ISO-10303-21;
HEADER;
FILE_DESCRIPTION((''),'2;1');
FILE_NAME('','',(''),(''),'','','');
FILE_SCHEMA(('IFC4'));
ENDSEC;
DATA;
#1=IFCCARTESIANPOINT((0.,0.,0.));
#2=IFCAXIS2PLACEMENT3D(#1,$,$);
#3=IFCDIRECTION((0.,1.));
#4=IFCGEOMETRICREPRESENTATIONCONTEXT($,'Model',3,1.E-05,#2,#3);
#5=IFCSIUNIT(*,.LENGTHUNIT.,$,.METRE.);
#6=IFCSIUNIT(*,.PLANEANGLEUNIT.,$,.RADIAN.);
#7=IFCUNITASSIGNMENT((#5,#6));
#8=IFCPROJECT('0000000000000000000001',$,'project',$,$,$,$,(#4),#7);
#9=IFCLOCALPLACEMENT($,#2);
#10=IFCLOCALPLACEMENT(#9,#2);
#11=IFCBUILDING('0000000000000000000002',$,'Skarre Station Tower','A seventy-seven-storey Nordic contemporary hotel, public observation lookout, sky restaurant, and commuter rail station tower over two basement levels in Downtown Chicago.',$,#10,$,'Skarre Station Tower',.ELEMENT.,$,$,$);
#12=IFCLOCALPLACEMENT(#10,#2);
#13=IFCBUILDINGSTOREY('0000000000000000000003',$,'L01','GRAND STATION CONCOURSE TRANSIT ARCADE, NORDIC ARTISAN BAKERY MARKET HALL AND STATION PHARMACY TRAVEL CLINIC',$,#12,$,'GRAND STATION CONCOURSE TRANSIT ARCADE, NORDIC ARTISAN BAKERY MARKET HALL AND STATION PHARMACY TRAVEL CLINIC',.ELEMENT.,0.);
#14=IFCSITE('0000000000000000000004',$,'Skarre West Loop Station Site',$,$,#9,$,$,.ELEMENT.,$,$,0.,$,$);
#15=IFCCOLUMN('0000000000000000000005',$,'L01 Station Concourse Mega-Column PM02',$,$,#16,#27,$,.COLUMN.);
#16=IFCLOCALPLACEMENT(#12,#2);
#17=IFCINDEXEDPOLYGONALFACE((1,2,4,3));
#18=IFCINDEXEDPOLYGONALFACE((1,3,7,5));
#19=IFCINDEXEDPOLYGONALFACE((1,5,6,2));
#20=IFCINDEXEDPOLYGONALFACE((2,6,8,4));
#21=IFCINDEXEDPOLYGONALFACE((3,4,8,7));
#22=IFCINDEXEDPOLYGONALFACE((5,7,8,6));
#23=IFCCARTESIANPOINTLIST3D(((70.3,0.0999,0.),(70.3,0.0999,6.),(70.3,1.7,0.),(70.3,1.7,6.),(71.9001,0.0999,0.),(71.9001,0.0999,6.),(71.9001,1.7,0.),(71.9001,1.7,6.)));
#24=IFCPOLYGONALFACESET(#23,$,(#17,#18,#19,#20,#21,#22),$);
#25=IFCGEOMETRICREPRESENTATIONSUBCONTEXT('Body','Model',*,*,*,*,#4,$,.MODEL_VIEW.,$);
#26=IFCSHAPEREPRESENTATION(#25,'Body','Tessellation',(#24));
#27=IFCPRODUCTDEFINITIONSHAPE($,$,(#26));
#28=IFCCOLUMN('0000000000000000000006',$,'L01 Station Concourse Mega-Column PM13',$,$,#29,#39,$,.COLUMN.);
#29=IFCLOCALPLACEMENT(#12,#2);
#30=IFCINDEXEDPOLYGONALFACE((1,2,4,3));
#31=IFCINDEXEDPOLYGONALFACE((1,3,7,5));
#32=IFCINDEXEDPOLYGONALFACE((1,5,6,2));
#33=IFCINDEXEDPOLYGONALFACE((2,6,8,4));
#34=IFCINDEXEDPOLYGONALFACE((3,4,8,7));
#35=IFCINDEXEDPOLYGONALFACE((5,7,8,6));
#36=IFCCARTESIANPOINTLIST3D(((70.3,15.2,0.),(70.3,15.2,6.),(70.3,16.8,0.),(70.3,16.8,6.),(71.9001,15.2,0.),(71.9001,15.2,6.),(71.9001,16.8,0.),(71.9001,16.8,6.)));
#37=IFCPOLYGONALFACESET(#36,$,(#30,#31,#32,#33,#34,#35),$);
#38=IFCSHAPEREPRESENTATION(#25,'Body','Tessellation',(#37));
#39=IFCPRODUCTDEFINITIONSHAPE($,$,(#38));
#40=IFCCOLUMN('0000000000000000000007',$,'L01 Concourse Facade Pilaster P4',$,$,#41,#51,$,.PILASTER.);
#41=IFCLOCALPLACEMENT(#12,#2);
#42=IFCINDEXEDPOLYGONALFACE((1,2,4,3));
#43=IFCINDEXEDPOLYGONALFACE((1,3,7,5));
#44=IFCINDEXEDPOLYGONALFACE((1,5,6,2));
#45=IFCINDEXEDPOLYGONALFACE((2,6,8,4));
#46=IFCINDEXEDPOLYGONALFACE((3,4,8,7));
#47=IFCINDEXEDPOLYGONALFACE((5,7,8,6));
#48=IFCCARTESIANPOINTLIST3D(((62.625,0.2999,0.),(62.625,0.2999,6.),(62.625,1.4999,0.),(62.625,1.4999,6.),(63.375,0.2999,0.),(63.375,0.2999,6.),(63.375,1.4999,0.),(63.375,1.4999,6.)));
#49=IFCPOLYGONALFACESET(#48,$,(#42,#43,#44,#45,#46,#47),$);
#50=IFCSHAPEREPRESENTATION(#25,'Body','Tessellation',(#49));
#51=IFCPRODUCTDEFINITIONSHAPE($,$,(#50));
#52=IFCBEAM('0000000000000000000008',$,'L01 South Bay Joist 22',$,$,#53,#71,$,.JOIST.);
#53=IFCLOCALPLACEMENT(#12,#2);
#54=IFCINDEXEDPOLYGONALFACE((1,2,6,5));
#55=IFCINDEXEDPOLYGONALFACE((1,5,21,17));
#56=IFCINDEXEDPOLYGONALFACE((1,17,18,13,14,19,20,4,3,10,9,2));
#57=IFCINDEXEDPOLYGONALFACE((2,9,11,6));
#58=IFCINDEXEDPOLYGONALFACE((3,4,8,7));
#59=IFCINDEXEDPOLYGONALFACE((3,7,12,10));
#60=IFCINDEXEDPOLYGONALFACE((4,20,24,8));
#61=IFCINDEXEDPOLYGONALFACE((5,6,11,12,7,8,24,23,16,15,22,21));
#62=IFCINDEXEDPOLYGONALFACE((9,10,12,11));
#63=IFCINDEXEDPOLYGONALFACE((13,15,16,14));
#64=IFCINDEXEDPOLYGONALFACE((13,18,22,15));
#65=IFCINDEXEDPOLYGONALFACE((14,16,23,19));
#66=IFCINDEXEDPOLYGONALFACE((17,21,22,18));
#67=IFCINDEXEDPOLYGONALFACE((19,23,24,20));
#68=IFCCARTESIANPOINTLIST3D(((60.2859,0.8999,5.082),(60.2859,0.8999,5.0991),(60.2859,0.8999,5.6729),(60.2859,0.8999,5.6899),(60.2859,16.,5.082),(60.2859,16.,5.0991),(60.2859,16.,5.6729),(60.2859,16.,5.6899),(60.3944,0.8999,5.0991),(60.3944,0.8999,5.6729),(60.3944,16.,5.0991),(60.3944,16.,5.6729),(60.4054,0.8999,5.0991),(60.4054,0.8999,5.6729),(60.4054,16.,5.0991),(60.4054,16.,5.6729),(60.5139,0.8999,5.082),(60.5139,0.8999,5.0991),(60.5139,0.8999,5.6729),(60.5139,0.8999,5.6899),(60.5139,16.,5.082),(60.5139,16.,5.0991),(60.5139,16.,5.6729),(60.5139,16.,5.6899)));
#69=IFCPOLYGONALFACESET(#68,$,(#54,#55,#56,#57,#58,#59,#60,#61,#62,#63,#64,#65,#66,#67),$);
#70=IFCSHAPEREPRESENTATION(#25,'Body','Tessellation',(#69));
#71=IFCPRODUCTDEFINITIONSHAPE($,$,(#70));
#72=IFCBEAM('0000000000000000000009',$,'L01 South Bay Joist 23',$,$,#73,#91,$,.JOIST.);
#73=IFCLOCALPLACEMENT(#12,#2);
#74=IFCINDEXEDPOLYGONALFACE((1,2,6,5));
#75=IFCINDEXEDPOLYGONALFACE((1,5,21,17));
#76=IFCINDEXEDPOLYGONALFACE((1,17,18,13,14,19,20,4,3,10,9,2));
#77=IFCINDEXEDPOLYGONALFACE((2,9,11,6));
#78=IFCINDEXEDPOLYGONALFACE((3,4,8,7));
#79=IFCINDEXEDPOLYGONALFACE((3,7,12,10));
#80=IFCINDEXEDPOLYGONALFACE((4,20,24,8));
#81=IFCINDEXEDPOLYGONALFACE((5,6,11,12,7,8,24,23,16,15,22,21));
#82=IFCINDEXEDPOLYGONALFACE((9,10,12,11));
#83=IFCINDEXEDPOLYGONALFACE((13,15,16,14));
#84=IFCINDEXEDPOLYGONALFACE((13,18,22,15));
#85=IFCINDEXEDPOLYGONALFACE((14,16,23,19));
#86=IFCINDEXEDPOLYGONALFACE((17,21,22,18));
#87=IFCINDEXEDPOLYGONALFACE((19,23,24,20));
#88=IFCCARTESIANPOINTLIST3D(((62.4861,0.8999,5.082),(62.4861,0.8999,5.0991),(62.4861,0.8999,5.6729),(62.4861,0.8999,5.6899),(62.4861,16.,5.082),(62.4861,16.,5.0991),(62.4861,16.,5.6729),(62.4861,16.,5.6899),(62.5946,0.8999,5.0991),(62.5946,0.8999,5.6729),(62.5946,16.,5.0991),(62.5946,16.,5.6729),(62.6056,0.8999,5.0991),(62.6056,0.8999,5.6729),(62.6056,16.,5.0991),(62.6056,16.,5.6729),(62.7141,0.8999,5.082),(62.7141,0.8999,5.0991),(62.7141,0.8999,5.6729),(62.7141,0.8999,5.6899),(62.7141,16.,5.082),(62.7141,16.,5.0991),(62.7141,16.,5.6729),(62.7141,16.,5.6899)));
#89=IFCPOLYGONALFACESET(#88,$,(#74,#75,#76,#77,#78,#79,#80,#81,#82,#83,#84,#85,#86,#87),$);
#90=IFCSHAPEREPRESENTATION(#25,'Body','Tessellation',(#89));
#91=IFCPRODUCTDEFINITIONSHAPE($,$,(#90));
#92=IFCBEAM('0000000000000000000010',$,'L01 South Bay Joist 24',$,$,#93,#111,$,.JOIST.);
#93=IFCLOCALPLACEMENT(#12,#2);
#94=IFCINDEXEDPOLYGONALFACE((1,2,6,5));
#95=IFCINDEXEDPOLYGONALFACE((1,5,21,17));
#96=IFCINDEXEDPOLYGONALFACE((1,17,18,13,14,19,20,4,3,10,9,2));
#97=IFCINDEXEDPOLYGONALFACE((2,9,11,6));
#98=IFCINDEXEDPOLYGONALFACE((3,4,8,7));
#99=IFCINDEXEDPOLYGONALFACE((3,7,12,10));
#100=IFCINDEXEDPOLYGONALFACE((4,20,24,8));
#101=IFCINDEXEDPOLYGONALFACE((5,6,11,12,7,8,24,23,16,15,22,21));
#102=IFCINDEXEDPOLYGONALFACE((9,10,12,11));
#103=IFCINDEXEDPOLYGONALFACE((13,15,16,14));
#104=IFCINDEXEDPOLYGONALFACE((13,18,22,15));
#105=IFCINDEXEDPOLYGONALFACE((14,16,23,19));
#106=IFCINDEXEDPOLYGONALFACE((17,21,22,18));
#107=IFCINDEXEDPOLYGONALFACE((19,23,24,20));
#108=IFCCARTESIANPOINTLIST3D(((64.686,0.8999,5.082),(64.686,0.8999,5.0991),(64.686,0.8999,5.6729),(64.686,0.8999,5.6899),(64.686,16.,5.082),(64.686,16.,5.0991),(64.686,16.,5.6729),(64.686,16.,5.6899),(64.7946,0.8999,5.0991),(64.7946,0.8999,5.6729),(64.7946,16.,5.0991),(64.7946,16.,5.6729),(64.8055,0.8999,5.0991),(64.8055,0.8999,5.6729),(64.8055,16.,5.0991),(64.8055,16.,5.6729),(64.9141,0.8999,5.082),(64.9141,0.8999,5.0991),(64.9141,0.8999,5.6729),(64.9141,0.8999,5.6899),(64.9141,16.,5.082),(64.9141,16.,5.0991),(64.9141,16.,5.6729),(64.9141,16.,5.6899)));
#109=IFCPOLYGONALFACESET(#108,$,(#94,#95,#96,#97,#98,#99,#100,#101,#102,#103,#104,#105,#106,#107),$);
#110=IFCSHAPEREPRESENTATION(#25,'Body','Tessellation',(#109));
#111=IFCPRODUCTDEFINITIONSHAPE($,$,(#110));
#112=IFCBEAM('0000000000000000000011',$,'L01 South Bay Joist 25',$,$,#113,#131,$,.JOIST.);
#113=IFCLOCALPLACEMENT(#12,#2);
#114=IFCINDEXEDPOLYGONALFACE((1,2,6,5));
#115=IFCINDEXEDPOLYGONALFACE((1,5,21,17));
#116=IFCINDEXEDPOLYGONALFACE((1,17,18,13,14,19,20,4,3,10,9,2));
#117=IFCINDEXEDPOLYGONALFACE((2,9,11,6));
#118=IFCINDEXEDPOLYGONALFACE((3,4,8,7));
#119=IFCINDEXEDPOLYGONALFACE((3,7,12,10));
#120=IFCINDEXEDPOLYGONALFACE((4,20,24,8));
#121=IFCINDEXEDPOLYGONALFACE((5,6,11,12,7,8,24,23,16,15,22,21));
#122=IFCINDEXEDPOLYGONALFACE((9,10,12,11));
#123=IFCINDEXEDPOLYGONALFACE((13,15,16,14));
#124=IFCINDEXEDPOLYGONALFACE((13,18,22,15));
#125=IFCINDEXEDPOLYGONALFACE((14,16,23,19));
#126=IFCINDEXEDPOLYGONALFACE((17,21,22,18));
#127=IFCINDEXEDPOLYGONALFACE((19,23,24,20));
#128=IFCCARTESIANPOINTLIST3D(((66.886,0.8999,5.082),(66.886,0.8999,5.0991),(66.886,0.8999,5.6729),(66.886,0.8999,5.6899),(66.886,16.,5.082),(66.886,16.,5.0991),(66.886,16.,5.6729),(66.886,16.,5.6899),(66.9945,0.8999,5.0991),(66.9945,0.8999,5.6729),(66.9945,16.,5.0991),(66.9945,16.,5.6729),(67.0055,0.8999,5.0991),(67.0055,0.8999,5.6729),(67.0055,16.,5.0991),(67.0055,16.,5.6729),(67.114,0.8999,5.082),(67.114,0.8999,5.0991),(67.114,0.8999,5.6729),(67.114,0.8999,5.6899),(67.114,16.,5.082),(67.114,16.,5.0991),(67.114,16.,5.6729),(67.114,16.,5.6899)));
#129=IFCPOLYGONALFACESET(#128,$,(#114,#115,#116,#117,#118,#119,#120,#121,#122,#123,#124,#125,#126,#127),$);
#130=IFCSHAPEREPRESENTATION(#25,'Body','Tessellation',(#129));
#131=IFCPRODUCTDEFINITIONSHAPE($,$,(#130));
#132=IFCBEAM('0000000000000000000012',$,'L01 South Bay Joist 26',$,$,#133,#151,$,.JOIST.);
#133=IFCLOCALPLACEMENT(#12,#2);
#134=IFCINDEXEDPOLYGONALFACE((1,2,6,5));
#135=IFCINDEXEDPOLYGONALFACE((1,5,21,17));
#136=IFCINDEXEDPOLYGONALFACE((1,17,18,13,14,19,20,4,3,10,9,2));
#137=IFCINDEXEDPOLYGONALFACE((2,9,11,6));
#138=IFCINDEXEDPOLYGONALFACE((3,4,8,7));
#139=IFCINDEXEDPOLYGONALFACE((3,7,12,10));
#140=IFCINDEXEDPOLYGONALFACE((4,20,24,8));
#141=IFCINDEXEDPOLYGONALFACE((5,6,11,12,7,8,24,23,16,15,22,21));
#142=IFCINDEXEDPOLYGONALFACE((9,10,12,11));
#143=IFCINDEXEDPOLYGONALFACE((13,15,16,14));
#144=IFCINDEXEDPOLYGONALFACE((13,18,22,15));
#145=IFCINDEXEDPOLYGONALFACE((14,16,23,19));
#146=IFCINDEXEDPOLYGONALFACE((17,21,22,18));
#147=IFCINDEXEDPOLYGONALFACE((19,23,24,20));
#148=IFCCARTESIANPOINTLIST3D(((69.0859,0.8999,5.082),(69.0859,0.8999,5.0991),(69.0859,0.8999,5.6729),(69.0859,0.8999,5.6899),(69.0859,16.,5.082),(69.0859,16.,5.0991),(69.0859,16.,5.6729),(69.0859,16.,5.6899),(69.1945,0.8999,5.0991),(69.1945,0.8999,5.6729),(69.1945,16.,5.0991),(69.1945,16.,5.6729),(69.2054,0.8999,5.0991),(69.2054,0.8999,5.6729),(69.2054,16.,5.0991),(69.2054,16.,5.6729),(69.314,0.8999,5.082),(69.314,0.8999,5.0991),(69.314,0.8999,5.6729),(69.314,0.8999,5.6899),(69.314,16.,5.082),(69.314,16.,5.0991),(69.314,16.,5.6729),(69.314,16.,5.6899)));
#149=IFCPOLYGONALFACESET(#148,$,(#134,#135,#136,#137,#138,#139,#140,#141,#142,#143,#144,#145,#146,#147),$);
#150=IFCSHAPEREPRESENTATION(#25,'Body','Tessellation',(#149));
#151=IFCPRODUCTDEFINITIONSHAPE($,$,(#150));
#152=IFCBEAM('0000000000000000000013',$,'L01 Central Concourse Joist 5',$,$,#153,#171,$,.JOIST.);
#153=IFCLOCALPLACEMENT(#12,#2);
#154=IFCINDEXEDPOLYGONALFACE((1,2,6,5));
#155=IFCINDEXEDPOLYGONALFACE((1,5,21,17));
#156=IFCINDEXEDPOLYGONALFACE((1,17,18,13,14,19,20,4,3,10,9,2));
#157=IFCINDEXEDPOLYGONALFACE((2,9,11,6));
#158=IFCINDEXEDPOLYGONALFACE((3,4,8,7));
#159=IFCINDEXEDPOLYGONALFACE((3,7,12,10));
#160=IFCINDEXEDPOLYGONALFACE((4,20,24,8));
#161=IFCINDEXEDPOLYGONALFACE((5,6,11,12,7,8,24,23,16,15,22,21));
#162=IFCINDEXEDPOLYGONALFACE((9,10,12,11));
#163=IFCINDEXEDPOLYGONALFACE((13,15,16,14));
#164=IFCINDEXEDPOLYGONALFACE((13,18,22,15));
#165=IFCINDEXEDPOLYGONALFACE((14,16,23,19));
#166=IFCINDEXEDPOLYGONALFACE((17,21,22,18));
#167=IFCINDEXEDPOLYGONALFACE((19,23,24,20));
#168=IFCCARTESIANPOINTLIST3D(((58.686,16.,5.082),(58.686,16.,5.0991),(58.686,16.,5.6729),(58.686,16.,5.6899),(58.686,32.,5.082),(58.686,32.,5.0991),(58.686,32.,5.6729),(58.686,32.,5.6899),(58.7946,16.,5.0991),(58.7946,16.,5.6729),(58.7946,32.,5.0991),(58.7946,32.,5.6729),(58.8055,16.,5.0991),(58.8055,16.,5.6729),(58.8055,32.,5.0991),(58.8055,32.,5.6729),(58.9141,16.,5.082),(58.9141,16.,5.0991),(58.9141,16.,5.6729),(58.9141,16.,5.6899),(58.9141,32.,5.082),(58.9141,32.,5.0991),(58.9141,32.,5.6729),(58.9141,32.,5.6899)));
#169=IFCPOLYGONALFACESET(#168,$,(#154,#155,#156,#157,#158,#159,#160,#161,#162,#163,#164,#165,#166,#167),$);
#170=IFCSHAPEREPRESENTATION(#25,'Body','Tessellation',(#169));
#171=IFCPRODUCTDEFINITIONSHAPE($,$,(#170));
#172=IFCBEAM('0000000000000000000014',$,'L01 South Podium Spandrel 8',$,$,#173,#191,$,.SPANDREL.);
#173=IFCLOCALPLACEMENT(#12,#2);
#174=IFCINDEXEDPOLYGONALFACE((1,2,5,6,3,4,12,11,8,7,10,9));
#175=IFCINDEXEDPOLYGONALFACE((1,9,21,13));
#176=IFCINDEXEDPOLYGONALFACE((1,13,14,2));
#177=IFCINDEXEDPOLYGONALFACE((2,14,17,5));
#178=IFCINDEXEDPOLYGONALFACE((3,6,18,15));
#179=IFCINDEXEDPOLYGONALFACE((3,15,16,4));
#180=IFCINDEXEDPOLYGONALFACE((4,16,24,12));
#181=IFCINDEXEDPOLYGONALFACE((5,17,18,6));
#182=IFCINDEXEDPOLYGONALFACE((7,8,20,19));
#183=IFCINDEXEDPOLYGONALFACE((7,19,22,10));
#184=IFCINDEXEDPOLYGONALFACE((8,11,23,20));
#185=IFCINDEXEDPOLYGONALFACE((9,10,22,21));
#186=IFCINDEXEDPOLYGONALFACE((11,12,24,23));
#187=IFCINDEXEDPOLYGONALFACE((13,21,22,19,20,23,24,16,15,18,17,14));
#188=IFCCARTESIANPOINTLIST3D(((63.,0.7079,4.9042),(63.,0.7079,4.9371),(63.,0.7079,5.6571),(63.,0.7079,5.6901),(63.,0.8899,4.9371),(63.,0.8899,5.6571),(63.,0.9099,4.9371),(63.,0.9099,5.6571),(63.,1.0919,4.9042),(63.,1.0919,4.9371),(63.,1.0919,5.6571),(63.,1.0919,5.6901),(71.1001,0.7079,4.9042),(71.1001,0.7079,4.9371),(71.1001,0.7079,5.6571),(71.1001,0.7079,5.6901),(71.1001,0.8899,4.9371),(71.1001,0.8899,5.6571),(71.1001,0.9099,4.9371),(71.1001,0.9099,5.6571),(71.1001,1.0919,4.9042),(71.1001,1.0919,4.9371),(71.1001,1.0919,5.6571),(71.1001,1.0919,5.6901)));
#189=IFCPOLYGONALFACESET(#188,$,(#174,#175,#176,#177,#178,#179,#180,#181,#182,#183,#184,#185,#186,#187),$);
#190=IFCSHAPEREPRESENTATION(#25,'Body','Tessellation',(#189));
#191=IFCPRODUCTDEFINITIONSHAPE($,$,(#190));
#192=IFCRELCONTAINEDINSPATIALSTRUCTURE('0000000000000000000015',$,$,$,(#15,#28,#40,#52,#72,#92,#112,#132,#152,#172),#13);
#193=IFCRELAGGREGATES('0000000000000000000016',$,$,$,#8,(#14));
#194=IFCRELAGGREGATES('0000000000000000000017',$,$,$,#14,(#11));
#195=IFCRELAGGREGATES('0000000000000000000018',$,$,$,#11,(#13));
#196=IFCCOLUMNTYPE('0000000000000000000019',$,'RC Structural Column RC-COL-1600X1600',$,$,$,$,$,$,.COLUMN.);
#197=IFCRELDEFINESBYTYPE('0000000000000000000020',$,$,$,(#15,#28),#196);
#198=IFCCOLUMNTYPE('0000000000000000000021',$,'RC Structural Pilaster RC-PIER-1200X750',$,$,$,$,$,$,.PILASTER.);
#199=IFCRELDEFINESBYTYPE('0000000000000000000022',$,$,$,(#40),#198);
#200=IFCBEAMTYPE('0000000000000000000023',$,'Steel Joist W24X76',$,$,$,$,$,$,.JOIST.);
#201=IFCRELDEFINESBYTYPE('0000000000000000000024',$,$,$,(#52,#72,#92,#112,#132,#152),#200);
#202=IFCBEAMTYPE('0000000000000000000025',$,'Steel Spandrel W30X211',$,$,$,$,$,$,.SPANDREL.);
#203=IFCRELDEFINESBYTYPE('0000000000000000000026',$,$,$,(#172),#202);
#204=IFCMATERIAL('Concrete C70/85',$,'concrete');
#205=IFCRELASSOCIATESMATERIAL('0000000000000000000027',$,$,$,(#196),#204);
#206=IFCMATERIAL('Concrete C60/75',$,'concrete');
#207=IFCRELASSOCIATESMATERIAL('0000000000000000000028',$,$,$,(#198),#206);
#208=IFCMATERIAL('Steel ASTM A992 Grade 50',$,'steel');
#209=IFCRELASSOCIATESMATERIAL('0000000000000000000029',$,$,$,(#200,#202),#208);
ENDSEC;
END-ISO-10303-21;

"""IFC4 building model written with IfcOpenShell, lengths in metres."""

from ifc_helpers import new_model, si_unit, direction, frame, origin, origin_2d, place, context, subcontext, project, spatial, rectangle, i_section, extrude, material, material_profile, profile_set, type_object, element, save


model = new_model("IFC4")

# Units and contexts
model_context = context("Model", 3, precision=1e-05, world=origin(), true_north=direction((0.0, 1.0)))
body_context = subcontext(model_context, "Body", "Model", "MODEL_VIEW")
ifc_project = project(units=[si_unit("LENGTHUNIT", "METRE"), si_unit("PLANEANGLEUNIT", "RADIAN")], contexts=[model_context])

# Site, building, storey
site_placement = place(None, origin())
site = spatial("IfcSite", under=ifc_project, at=site_placement, Name="Skarre West Loop Station Site", CompositionType="ELEMENT", RefElevation=0.0)
building_placement = place(site_placement, origin())
building = spatial("IfcBuilding", under=site, at=building_placement, Name="Skarre Station Tower", Description="A seventy-seven-storey Nordic contemporary hotel, public observation lookout, sky restaurant, and commuter rail station tower over two basement levels in Downtown Chicago.", LongName="Skarre Station Tower", CompositionType="ELEMENT")
storey_placement = place(building_placement, origin())
storey = spatial("IfcBuildingStorey", under=building, at=storey_placement, Name="L01", Description="GRAND STATION CONCOURSE TRANSIT ARCADE, NORDIC ARTISAN BAKERY MARKET HALL AND STATION PHARMACY TRAVEL CLINIC", LongName="GRAND STATION CONCOURSE TRANSIT ARCADE, NORDIC ARTISAN BAKERY MARKET HALL AND STATION PHARMACY TRAVEL CLINIC", CompositionType="ELEMENT", Elevation=0.0)

# Columns
ifc_material_1 = material(Name="Concrete C70/85", Category="concrete")
ifc_material_profile_1 = material_profile(ifc_material_1, rectangle(XDim=1.6001, YDim=1.6001, at=origin_2d()), Name="Concrete C70/85")
ifc_profile_set_1 = profile_set([ifc_material_profile_1], Name="Concrete C70/85")
column_type_1 = type_object("IfcColumnType", Name="RC Structural Column RC-COL-1600X1600", PredefinedType="COLUMN", material=ifc_profile_set_1)
for number, where, z_axis, x_axis, name in (
    (1, (71.1001, 0.8999, 0.0), (0.0, 0.0, 1.0), (1.0, 0.0, 0.0), "L01 Station Concourse Mega-Column PM02"),
    (2, (71.1001, 16.0, 0.0), (0.0, 0.0, 1.0), (1.0, 0.0, 0.0), "L01 Station Concourse Mega-Column PM13"),
):
    element("IfcColumn", number, at=place(storey_placement, frame(where, z_axis=z_axis, x_axis=x_axis)), inside=storey, type_object=column_type_1, Name=name, PredefinedType="COLUMN", context=body_context, shape_type="SweptSolid", body=[
        extrude(rectangle(XDim=1.6001, YDim=1.6001, at=origin_2d()), origin(), (0.0, 0.0, 1.0), 6.0),
    ])
ifc_material_2 = material(Name="Concrete C60/75", Category="concrete")
ifc_material_profile_2 = material_profile(ifc_material_2, rectangle(XDim=0.75, YDim=1.2, at=origin_2d()), Name="Concrete C60/75")
ifc_profile_set_2 = profile_set([ifc_material_profile_2], Name="Concrete C60/75")
column_type_2 = type_object("IfcColumnType", Name="RC Structural Pilaster RC-PIER-1200X750", PredefinedType="PILASTER", material=ifc_profile_set_2)
column_placement = place(storey_placement, frame((63.0, 0.8999, 0.0), z_axis=(0.0, 0.0, 1.0), x_axis=(1.0, 0.0, 0.0)))
element("IfcColumn", 3, at=column_placement, inside=storey, type_object=column_type_2, Name="L01 Concourse Facade Pilaster P4", PredefinedType="PILASTER", context=body_context, shape_type="SweptSolid", body=[
    extrude(rectangle(XDim=0.75, YDim=1.2, at=origin_2d()), origin(), (0.0, 0.0, 1.0), 6.0),
])

# Beams
ifc_material_3 = material(Name="Steel ASTM A992 Grade 50", Category="steel")
ifc_material_profile_3 = material_profile(ifc_material_3, i_section(OverallWidth=0.228, OverallDepth=0.6079, WebThickness=0.011, FlangeThickness=0.0171, at=origin_2d()), Name="Steel ASTM A992 Grade 50")
ifc_profile_set_3 = profile_set([ifc_material_profile_3], Name="Steel ASTM A992 Grade 50")
beam_type_1 = type_object("IfcBeamType", Name="Steel Joist W24X76", PredefinedType="JOIST", material=ifc_profile_set_3)
for number, where, z_axis, x_axis, name in (
    (4, (60.3999, 0.8999, 5.386), (0.0, 1.0, 0.0), (-1.0, 0.0, 0.0), "L01 South Bay Joist 22"),
    (5, (62.6001, 0.8999, 5.386), (0.0, 1.0, 0.0), (-1.0, 0.0, 0.0), "L01 South Bay Joist 23"),
    (6, (64.8, 0.8999, 5.386), (0.0, 1.0, 0.0), (-1.0, 0.0, 0.0), "L01 South Bay Joist 24"),
    (7, (67.0, 0.8999, 5.386), (0.0, 1.0, 0.0), (-1.0, 0.0, 0.0), "L01 South Bay Joist 25"),
    (8, (69.2, 0.8999, 5.386), (0.0, 1.0, 0.0), (-1.0, 0.0, 0.0), "L01 South Bay Joist 26"),
):
    element("IfcBeam", number, at=place(storey_placement, frame(where, z_axis=z_axis, x_axis=x_axis)), inside=storey, type_object=beam_type_1, Name=name, PredefinedType="JOIST", context=body_context, shape_type="SweptSolid", body=[
        extrude(i_section(OverallWidth=0.228, OverallDepth=0.6079, WebThickness=0.011, FlangeThickness=0.0171, at=origin_2d()), origin(), (0.0, 0.0, 1.0), 15.1001),
    ])
beam_1_placement = place(storey_placement, frame((58.8, 16.0, 5.386), z_axis=(0.0, 1.0, 0.0), x_axis=(-1.0, 0.0, 0.0)))
element("IfcBeam", 9, at=beam_1_placement, inside=storey, type_object=beam_type_1, Name="L01 Central Concourse Joist 5", PredefinedType="JOIST", context=body_context, shape_type="SweptSolid", body=[
    extrude(i_section(OverallWidth=0.228, OverallDepth=0.6079, WebThickness=0.011, FlangeThickness=0.0171, at=origin_2d()), origin(), (0.0, 0.0, 1.0), 16.0),
])
ifc_material_profile_4 = material_profile(ifc_material_3, i_section(OverallWidth=0.384, OverallDepth=0.7859, WebThickness=0.02, FlangeThickness=0.033, at=origin_2d()), Name="Steel ASTM A992 Grade 50")
ifc_profile_set_4 = profile_set([ifc_material_profile_4], Name="Steel ASTM A992 Grade 50")
beam_type_2 = type_object("IfcBeamType", Name="Steel Spandrel W30X211", PredefinedType="SPANDREL", material=ifc_profile_set_4)
beam_2_placement = place(storey_placement, frame((63.0, 0.8999, 5.2971), z_axis=(1.0, 0.0, 0.0), x_axis=(0.0, 1.0, 0.0)))
element("IfcBeam", 10, at=beam_2_placement, inside=storey, type_object=beam_type_2, Name="L01 South Podium Spandrel 8", PredefinedType="SPANDREL", context=body_context, shape_type="SweptSolid", body=[
    extrude(i_section(OverallWidth=0.384, OverallDepth=0.7859, WebThickness=0.02, FlangeThickness=0.033, at=origin_2d()), origin(), (0.0, 0.0, 1.0), 8.1001),
])

save(model, "model.ifc")
